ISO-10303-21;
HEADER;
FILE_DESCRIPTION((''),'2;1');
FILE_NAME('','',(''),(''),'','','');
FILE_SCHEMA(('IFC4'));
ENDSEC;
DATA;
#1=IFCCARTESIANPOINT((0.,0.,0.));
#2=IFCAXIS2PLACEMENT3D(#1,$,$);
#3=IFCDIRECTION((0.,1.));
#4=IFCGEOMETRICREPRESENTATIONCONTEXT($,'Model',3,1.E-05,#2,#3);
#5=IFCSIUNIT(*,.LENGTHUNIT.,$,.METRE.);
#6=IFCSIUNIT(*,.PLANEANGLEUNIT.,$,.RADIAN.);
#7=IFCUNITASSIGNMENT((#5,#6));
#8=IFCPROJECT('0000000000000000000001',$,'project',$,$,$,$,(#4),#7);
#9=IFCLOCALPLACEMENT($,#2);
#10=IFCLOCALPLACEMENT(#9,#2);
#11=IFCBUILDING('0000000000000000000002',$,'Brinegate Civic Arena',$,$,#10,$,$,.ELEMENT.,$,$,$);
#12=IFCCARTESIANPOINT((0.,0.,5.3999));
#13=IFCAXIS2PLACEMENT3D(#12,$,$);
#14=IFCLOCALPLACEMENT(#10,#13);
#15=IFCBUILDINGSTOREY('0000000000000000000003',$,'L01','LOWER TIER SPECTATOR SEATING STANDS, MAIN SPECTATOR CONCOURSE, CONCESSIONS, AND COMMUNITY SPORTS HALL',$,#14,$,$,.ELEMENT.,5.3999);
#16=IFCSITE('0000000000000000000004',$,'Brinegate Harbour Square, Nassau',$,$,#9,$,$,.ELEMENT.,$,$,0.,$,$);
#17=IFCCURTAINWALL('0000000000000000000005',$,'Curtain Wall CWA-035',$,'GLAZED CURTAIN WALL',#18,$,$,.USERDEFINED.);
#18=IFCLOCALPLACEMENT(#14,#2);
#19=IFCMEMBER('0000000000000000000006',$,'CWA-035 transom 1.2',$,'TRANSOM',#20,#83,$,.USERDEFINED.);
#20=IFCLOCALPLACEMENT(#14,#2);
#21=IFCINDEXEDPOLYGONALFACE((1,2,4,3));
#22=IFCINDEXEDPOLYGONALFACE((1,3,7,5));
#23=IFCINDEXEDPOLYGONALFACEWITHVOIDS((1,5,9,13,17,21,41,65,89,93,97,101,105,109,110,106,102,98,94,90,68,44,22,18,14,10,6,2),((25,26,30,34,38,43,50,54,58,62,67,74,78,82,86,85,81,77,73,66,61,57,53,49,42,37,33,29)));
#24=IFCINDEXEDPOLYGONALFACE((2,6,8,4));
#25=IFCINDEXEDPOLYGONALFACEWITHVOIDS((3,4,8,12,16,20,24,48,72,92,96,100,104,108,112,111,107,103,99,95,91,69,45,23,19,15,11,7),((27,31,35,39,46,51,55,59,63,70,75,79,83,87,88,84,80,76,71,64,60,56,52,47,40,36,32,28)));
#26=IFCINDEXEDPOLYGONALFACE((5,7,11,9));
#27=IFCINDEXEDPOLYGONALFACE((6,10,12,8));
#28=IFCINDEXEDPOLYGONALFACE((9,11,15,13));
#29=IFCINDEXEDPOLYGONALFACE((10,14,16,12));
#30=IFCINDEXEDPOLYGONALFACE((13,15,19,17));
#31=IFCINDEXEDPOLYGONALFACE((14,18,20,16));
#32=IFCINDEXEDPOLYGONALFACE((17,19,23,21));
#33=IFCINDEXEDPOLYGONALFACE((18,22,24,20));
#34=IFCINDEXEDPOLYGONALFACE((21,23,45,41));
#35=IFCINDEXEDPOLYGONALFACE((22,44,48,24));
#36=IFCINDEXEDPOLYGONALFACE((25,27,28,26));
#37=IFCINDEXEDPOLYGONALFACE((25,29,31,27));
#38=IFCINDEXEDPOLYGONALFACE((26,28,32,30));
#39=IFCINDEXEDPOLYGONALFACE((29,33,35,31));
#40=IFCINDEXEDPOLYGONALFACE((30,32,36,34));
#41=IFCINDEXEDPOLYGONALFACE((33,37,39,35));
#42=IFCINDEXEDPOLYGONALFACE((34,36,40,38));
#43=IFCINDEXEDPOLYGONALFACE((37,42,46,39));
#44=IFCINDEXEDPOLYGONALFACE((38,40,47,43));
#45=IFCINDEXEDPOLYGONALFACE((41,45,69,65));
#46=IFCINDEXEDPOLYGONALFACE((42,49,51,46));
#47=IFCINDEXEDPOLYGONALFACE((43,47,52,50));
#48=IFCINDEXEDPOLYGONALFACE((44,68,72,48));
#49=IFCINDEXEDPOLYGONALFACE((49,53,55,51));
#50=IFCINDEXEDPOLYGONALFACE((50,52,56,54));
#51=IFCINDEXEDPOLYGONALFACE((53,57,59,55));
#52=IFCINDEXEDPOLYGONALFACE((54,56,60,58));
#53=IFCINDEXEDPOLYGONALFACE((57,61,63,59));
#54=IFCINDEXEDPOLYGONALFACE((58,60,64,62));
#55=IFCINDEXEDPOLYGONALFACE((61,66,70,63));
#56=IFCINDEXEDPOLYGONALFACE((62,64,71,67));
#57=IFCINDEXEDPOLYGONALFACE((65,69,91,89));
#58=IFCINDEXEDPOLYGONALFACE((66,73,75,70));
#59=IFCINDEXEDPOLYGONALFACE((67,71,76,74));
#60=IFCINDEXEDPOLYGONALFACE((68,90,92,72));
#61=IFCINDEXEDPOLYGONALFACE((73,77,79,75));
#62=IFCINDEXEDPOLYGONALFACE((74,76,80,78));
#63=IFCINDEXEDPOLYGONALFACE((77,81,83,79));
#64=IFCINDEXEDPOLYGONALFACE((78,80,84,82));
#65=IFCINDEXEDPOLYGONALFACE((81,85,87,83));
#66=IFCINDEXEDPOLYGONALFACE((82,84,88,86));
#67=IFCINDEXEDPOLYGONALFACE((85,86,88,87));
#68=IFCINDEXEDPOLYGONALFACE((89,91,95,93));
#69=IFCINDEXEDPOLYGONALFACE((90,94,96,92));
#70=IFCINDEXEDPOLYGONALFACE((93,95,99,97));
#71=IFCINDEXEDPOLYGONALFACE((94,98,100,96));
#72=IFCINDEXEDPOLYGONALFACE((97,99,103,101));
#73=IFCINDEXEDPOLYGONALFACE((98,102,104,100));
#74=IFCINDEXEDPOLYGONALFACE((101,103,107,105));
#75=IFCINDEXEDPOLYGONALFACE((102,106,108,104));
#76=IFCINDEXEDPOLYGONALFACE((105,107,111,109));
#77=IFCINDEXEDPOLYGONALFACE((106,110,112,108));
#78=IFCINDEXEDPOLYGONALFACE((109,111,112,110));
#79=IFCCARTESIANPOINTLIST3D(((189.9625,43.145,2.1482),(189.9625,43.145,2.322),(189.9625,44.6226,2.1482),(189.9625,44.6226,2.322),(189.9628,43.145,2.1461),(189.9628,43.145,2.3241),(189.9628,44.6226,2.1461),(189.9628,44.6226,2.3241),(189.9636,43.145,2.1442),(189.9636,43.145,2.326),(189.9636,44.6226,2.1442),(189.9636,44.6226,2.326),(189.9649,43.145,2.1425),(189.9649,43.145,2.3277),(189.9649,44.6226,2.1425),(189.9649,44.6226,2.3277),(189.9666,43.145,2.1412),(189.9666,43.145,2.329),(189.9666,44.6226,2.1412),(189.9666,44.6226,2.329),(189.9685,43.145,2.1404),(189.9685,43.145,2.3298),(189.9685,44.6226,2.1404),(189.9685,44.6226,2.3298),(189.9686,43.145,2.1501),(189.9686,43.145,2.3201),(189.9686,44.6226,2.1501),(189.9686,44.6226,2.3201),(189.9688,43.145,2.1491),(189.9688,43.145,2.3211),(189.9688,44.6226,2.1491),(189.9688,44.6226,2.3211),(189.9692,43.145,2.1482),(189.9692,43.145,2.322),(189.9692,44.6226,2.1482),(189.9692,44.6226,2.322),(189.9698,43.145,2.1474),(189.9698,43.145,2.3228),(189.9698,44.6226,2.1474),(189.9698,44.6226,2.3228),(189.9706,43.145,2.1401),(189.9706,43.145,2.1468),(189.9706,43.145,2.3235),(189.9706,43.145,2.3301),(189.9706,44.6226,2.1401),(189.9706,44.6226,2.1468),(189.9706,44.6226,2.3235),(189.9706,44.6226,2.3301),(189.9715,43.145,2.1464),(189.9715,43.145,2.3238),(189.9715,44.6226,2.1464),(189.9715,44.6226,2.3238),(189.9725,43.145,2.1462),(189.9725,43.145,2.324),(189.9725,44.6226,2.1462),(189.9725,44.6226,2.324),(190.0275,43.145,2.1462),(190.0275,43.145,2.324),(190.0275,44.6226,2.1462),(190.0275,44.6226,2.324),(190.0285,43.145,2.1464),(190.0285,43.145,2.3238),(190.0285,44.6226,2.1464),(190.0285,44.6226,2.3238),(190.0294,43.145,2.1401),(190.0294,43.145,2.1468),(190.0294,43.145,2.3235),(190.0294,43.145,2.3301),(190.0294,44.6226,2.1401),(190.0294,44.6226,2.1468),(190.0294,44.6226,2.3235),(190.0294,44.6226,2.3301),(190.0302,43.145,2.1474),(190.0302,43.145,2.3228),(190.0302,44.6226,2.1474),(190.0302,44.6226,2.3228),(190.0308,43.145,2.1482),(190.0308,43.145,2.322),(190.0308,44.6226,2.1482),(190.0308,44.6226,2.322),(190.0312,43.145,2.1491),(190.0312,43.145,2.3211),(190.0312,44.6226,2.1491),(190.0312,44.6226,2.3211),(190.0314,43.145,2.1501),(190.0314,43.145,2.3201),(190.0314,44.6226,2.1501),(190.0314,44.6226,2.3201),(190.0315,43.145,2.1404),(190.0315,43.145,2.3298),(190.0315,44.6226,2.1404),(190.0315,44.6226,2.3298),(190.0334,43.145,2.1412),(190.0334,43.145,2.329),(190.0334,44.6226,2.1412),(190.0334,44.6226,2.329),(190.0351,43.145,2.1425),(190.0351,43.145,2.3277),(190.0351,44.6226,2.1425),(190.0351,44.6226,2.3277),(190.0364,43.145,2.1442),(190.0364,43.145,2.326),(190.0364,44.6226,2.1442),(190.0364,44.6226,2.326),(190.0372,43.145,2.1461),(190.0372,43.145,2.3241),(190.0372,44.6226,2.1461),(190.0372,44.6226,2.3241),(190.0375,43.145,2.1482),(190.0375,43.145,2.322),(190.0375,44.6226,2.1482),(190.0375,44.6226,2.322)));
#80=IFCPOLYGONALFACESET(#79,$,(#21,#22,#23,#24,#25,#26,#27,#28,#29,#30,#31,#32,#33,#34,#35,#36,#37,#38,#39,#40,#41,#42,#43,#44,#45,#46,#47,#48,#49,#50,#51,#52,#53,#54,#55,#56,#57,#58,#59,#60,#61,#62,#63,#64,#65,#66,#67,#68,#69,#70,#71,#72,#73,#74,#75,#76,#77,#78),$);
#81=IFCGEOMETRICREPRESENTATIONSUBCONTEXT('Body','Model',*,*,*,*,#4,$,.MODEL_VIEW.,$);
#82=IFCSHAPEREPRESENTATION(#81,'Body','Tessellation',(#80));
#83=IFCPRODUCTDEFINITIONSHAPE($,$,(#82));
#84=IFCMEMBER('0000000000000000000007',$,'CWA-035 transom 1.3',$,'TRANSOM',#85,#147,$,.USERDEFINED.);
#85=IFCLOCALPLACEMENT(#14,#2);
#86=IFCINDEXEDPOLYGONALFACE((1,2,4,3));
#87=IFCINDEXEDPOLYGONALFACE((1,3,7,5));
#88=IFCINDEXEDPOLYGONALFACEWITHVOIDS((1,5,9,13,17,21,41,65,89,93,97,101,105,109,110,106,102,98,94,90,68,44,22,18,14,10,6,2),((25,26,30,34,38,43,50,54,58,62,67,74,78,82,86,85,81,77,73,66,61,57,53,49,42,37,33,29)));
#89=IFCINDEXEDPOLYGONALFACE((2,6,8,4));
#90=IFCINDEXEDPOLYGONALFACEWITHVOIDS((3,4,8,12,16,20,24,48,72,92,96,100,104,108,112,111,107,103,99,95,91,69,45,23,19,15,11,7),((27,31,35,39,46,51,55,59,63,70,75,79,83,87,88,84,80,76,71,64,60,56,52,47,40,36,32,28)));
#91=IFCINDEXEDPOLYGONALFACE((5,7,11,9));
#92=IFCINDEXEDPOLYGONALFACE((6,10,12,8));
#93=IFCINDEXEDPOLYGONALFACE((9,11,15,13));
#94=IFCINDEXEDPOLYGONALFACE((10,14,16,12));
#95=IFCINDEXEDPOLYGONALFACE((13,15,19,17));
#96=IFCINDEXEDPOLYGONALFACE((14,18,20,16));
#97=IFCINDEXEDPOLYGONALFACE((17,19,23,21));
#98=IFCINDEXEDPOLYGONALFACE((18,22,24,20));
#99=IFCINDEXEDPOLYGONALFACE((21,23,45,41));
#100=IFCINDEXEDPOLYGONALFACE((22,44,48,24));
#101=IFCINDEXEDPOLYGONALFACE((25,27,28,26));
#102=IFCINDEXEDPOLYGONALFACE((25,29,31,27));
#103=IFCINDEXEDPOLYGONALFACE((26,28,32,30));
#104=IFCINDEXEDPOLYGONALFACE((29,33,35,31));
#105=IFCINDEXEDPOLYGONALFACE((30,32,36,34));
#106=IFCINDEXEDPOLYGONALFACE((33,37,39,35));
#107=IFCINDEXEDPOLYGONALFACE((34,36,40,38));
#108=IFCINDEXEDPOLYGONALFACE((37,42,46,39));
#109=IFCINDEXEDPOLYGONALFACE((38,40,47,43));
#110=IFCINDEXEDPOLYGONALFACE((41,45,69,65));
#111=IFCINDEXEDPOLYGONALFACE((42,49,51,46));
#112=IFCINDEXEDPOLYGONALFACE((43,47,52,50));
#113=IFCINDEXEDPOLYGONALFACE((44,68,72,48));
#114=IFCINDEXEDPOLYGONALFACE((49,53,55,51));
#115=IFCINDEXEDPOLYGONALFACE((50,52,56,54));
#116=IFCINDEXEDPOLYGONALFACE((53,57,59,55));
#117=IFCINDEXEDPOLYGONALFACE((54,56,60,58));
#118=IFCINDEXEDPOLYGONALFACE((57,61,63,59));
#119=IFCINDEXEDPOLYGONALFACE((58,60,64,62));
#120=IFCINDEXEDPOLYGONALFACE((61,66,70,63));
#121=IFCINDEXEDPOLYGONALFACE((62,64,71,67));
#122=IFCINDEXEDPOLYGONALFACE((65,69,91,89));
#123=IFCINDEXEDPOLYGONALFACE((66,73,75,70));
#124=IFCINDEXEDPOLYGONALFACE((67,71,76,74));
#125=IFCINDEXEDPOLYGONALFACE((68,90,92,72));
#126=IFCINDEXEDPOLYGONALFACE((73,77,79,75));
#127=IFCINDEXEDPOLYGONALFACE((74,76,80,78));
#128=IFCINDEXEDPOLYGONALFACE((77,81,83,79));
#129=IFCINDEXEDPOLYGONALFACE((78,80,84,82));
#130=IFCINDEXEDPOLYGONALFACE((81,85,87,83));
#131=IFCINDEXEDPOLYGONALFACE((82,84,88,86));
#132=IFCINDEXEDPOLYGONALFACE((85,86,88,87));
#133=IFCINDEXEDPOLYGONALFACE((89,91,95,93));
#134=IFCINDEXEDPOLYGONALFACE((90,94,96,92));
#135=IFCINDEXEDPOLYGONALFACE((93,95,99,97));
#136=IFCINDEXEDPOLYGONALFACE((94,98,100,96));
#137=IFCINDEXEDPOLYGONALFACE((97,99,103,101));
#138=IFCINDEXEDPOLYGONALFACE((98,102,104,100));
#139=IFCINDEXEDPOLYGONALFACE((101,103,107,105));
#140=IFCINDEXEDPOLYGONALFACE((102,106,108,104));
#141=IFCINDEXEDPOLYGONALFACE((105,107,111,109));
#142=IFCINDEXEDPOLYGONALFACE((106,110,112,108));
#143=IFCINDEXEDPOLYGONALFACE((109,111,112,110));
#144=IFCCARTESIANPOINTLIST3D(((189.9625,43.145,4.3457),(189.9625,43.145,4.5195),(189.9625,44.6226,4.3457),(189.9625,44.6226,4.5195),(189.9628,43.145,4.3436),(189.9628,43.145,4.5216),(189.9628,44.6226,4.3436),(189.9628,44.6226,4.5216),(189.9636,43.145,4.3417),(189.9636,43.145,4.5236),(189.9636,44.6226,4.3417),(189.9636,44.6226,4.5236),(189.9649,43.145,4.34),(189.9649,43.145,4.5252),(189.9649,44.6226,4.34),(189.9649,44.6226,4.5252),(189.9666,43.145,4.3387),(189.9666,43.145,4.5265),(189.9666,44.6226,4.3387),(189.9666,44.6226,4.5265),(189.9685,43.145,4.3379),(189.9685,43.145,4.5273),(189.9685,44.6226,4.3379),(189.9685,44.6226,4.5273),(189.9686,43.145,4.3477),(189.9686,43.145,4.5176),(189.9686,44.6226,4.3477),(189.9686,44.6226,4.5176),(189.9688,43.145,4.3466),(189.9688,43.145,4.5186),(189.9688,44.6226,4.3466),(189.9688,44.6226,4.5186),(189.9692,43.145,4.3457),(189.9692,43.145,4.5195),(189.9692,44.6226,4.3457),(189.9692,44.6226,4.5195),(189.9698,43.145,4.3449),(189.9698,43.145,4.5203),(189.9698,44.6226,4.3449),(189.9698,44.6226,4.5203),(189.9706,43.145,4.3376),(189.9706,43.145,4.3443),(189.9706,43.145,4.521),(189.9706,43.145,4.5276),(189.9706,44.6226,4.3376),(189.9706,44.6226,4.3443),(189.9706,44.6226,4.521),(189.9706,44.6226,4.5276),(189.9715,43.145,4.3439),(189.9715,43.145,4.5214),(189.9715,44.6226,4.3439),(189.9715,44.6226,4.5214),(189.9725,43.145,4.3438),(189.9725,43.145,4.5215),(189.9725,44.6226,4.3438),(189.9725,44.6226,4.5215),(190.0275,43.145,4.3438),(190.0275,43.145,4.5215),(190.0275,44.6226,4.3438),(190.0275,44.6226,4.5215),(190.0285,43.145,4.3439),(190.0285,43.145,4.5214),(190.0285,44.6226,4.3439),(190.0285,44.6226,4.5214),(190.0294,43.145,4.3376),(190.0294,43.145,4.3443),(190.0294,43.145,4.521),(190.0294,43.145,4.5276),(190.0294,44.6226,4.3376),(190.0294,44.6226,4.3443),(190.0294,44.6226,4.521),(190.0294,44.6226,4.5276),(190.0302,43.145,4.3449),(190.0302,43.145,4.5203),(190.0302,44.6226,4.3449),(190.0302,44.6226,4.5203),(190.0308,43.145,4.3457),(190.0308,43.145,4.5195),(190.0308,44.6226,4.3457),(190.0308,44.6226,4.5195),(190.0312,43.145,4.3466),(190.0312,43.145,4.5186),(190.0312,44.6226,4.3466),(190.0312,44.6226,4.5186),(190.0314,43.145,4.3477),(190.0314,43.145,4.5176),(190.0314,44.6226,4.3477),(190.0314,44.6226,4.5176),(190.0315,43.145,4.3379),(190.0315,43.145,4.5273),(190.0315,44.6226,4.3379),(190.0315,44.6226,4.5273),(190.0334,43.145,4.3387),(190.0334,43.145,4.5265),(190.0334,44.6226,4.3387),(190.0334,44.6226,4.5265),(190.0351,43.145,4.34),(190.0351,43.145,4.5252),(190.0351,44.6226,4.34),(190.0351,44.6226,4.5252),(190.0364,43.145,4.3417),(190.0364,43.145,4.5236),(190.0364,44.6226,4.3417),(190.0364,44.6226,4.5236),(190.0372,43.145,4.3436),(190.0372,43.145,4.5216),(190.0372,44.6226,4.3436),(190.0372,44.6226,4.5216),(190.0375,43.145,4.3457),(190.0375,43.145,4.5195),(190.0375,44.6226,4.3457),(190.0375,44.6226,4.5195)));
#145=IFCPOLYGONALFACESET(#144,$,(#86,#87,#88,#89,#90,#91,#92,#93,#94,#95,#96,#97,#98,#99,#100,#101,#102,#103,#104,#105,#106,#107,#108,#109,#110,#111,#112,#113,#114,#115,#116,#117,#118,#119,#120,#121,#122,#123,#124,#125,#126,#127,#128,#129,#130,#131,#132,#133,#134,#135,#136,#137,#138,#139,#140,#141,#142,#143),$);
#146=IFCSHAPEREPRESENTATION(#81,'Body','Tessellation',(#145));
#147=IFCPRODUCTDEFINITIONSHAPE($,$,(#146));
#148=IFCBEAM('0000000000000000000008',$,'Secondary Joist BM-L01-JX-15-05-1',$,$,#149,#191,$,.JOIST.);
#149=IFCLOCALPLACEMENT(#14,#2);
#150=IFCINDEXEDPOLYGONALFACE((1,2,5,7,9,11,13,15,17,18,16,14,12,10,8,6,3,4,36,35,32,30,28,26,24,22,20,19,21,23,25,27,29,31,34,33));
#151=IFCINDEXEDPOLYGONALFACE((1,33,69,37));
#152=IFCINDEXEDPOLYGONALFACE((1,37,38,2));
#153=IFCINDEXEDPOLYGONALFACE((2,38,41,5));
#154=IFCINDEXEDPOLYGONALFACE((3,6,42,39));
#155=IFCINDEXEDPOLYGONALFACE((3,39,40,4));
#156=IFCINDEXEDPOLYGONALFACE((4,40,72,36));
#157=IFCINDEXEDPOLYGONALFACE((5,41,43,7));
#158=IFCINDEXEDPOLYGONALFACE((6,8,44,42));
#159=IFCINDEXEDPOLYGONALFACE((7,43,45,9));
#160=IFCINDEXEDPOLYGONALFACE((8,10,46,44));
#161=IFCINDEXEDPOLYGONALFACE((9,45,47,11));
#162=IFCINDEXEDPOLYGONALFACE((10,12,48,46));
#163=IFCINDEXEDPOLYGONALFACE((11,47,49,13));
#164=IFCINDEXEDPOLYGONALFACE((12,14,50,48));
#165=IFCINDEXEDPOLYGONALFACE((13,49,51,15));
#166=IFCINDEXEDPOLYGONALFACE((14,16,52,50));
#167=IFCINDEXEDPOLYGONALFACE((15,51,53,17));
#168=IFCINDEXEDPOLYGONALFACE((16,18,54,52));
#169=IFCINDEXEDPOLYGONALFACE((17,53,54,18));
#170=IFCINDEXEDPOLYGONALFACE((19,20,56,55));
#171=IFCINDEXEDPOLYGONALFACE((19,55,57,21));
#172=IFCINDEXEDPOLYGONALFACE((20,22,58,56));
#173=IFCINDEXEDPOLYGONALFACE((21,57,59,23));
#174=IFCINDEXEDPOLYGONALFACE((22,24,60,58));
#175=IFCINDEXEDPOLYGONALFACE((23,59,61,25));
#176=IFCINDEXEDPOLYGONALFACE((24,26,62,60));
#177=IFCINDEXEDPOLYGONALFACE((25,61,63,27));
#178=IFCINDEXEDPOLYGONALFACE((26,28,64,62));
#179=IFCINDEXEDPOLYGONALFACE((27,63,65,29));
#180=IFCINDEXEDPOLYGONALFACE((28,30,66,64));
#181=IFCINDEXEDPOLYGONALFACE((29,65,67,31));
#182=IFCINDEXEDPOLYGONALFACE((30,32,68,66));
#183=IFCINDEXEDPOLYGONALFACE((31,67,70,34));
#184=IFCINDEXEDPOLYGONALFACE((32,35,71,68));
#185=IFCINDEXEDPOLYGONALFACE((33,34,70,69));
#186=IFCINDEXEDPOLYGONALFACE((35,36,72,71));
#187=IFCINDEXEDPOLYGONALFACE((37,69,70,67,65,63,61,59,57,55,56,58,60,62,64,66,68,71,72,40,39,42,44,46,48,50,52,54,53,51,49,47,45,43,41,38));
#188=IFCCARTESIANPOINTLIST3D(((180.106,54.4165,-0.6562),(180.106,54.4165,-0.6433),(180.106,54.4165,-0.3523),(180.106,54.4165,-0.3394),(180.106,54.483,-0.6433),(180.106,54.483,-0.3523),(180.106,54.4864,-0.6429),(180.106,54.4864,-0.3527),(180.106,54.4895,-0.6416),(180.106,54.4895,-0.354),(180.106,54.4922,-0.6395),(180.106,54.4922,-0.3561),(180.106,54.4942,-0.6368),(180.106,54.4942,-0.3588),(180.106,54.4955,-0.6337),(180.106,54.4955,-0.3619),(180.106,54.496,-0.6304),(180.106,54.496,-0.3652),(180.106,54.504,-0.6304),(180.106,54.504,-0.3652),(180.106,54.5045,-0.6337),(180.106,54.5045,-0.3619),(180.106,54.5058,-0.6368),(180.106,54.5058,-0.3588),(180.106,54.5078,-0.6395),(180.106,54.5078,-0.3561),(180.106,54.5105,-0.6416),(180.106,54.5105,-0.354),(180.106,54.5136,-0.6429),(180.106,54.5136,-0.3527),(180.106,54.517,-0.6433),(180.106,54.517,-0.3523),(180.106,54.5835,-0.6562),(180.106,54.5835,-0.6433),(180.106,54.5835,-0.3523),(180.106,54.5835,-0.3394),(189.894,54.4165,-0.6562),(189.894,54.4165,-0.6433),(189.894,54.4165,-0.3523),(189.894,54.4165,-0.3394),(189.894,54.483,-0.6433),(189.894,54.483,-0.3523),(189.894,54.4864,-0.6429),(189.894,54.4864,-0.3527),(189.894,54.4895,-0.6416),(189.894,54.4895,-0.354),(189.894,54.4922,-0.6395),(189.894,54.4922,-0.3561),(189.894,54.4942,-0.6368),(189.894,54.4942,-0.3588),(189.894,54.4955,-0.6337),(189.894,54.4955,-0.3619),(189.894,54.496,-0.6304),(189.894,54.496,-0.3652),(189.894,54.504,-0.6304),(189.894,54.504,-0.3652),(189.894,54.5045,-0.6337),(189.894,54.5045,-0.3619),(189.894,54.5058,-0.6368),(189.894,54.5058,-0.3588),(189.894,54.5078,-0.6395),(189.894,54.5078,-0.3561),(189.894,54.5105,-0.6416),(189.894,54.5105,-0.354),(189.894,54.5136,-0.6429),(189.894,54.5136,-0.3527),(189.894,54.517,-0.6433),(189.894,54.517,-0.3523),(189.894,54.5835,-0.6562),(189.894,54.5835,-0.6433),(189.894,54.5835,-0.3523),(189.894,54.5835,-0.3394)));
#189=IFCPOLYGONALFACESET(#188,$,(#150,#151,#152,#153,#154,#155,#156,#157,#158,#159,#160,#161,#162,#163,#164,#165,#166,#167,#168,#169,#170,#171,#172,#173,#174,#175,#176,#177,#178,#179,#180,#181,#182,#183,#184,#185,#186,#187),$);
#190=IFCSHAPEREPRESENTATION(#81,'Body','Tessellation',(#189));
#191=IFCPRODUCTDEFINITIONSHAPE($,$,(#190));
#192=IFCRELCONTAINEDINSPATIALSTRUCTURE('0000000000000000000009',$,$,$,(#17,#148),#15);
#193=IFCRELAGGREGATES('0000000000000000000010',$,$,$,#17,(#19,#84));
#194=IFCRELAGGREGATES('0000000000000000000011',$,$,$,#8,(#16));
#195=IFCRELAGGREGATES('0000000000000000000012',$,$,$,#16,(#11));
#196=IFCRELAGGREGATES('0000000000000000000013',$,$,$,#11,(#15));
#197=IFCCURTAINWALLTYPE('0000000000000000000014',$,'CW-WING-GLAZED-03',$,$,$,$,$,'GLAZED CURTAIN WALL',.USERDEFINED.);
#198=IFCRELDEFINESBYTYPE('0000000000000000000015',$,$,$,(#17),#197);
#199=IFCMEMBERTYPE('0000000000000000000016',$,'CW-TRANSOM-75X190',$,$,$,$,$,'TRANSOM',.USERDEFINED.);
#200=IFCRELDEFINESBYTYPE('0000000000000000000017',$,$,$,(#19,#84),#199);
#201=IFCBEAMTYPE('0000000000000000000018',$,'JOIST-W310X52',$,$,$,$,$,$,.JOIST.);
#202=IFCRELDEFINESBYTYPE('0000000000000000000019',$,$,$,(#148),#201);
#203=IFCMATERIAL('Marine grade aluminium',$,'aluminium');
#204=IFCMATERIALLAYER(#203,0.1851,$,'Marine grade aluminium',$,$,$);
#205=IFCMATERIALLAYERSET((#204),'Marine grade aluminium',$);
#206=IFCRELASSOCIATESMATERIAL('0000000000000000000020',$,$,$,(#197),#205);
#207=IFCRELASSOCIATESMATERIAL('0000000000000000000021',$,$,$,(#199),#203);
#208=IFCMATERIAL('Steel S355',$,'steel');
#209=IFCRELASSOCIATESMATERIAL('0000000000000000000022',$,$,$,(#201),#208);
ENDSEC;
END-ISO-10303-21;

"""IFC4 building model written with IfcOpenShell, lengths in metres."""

from ifc_helpers import new_model, si_unit, direction, frame, origin, origin_2d, place, context, subcontext, project, spatial, hollow_rectangle, i_section, extrude, material, layer, layer_set, material_profile, profile_set, type_object, element, aggregate, save


model = new_model("IFC4")

# Units and contexts
model_context = context("Model", 3, precision=1e-05, world=origin(), true_north=direction((0.0, 1.0)))
body_context = subcontext(model_context, "Body", "Model", "MODEL_VIEW")
ifc_project = project(units=[si_unit("LENGTHUNIT", "METRE"), si_unit("PLANEANGLEUNIT", "RADIAN")], contexts=[model_context])

# Site, building, storey
site_placement = place(None, origin())
site = spatial("IfcSite", under=ifc_project, at=site_placement, Name="Brinegate Harbour Square, Nassau", CompositionType="ELEMENT", RefElevation=0.0)
building_placement = place(site_placement, origin())
building = spatial("IfcBuilding", under=site, at=building_placement, Name="Brinegate Civic Arena", CompositionType="ELEMENT")
storey_placement = place(building_placement, frame((0.0, 0.0, 5.3999)))
storey = spatial("IfcBuildingStorey", under=building, at=storey_placement, Name="L01", Description="LOWER TIER SPECTATOR SEATING STANDS, MAIN SPECTATOR CONCOURSE, CONCESSIONS, AND COMMUNITY SPORTS HALL", CompositionType="ELEMENT", Elevation=5.3999)

# Curtain wall
ifc_material_1 = material(Name="Marine grade aluminium", Category="aluminium")
ifc_layer_1 = layer(ifc_material_1, 0.1851, Name="Marine grade aluminium")
ifc_layer_set_1 = layer_set([ifc_layer_1], Name="Marine grade aluminium")
curtain_wall_type = type_object("IfcCurtainWallType", Name="CW-WING-GLAZED-03", ElementType="GLAZED CURTAIN WALL", PredefinedType="USERDEFINED", material=ifc_layer_set_1)
curtain_wall_1_placement = place(storey_placement, origin())
curtain_wall_1 = element("IfcCurtainWall", 1, at=curtain_wall_1_placement, inside=storey, type_object=curtain_wall_type, Name="Curtain Wall CWA-035", ObjectType="GLAZED CURTAIN WALL", PredefinedType="USERDEFINED")

# Members
ifc_material_profile_1 = material_profile(ifc_material_1, hollow_rectangle(XDim=0.075, YDim=0.1899, WallThickness=0.0061, InnerFilletRadius=0.0039, OuterFilletRadius=0.0081, at=origin_2d()), Name="TRN75X190")
ifc_profile_set_1 = profile_set([ifc_material_profile_1], Name="Marine grade aluminium")
member_type_1 = type_object("IfcMemberType", Name="CW-TRANSOM-75X190", ElementType="TRANSOM", PredefinedType="USERDEFINED", material=ifc_profile_set_1)
member_1_placement = place(storey_placement, frame((190.0, 43.145, 2.2351), z_axis=(0.0, 1.0, 0.0), x_axis=(-1.0, 0.0, 0.0)))
member_1 = element("IfcMember", 2, at=member_1_placement, type_object=member_type_1, Name="CWA-035 transom 1.2", ObjectType="TRANSOM", PredefinedType="USERDEFINED", context=body_context, shape_type="SweptSolid", body=[
    extrude(hollow_rectangle(XDim=0.075, YDim=0.1899, WallThickness=0.0061, InnerFilletRadius=0.0039, OuterFilletRadius=0.0081, at=origin_2d()), origin(), (0.0, 0.0, 1.0), 1.4775),
])
member_2_placement = place(storey_placement, frame((190.0, 43.145, 4.4326), z_axis=(0.0, 1.0, 0.0), x_axis=(-1.0, 0.0, 0.0)))
member_2 = element("IfcMember", 3, at=member_2_placement, type_object=member_type_1, Name="CWA-035 transom 1.3", ObjectType="TRANSOM", PredefinedType="USERDEFINED", context=body_context, shape_type="SweptSolid", body=[
    extrude(hollow_rectangle(XDim=0.075, YDim=0.1899, WallThickness=0.0061, InnerFilletRadius=0.0039, OuterFilletRadius=0.0081, at=origin_2d()), origin(), (0.0, 0.0, 1.0), 1.4775),
])

# Beam
ifc_material_2 = material(Name="Steel S355", Category="steel")
ifc_material_profile_2 = material_profile(ifc_material_2, i_section(OverallWidth=0.167, OverallDepth=0.3169, WebThickness=0.0081, FlangeThickness=0.0129, FilletRadius=0.0129, at=origin_2d()), Name="W310X52")
ifc_profile_set_2 = profile_set([ifc_material_profile_2], Name="Steel S355")
beam_type_1 = type_object("IfcBeamType", Name="JOIST-W310X52", PredefinedType="JOIST", material=ifc_profile_set_2)
beam_1_placement = place(storey_placement, frame((180.106, 54.5, -0.4978), z_axis=(1.0, 0.0, 0.0), x_axis=(0.0, 1.0, 0.0)))
element("IfcBeam", 4, at=beam_1_placement, inside=storey, type_object=beam_type_1, Name="Secondary Joist BM-L01-JX-15-05-1", PredefinedType="JOIST", context=body_context, shape_type="SweptSolid", body=[
    extrude(i_section(OverallWidth=0.167, OverallDepth=0.3169, WebThickness=0.0081, FlangeThickness=0.0129, FilletRadius=0.0129, at=origin_2d()), origin(), (0.0, 0.0, 1.0), 9.7881),
])

aggregate(curtain_wall_1, [member_1, member_2])

save(model, "model.ifc")
